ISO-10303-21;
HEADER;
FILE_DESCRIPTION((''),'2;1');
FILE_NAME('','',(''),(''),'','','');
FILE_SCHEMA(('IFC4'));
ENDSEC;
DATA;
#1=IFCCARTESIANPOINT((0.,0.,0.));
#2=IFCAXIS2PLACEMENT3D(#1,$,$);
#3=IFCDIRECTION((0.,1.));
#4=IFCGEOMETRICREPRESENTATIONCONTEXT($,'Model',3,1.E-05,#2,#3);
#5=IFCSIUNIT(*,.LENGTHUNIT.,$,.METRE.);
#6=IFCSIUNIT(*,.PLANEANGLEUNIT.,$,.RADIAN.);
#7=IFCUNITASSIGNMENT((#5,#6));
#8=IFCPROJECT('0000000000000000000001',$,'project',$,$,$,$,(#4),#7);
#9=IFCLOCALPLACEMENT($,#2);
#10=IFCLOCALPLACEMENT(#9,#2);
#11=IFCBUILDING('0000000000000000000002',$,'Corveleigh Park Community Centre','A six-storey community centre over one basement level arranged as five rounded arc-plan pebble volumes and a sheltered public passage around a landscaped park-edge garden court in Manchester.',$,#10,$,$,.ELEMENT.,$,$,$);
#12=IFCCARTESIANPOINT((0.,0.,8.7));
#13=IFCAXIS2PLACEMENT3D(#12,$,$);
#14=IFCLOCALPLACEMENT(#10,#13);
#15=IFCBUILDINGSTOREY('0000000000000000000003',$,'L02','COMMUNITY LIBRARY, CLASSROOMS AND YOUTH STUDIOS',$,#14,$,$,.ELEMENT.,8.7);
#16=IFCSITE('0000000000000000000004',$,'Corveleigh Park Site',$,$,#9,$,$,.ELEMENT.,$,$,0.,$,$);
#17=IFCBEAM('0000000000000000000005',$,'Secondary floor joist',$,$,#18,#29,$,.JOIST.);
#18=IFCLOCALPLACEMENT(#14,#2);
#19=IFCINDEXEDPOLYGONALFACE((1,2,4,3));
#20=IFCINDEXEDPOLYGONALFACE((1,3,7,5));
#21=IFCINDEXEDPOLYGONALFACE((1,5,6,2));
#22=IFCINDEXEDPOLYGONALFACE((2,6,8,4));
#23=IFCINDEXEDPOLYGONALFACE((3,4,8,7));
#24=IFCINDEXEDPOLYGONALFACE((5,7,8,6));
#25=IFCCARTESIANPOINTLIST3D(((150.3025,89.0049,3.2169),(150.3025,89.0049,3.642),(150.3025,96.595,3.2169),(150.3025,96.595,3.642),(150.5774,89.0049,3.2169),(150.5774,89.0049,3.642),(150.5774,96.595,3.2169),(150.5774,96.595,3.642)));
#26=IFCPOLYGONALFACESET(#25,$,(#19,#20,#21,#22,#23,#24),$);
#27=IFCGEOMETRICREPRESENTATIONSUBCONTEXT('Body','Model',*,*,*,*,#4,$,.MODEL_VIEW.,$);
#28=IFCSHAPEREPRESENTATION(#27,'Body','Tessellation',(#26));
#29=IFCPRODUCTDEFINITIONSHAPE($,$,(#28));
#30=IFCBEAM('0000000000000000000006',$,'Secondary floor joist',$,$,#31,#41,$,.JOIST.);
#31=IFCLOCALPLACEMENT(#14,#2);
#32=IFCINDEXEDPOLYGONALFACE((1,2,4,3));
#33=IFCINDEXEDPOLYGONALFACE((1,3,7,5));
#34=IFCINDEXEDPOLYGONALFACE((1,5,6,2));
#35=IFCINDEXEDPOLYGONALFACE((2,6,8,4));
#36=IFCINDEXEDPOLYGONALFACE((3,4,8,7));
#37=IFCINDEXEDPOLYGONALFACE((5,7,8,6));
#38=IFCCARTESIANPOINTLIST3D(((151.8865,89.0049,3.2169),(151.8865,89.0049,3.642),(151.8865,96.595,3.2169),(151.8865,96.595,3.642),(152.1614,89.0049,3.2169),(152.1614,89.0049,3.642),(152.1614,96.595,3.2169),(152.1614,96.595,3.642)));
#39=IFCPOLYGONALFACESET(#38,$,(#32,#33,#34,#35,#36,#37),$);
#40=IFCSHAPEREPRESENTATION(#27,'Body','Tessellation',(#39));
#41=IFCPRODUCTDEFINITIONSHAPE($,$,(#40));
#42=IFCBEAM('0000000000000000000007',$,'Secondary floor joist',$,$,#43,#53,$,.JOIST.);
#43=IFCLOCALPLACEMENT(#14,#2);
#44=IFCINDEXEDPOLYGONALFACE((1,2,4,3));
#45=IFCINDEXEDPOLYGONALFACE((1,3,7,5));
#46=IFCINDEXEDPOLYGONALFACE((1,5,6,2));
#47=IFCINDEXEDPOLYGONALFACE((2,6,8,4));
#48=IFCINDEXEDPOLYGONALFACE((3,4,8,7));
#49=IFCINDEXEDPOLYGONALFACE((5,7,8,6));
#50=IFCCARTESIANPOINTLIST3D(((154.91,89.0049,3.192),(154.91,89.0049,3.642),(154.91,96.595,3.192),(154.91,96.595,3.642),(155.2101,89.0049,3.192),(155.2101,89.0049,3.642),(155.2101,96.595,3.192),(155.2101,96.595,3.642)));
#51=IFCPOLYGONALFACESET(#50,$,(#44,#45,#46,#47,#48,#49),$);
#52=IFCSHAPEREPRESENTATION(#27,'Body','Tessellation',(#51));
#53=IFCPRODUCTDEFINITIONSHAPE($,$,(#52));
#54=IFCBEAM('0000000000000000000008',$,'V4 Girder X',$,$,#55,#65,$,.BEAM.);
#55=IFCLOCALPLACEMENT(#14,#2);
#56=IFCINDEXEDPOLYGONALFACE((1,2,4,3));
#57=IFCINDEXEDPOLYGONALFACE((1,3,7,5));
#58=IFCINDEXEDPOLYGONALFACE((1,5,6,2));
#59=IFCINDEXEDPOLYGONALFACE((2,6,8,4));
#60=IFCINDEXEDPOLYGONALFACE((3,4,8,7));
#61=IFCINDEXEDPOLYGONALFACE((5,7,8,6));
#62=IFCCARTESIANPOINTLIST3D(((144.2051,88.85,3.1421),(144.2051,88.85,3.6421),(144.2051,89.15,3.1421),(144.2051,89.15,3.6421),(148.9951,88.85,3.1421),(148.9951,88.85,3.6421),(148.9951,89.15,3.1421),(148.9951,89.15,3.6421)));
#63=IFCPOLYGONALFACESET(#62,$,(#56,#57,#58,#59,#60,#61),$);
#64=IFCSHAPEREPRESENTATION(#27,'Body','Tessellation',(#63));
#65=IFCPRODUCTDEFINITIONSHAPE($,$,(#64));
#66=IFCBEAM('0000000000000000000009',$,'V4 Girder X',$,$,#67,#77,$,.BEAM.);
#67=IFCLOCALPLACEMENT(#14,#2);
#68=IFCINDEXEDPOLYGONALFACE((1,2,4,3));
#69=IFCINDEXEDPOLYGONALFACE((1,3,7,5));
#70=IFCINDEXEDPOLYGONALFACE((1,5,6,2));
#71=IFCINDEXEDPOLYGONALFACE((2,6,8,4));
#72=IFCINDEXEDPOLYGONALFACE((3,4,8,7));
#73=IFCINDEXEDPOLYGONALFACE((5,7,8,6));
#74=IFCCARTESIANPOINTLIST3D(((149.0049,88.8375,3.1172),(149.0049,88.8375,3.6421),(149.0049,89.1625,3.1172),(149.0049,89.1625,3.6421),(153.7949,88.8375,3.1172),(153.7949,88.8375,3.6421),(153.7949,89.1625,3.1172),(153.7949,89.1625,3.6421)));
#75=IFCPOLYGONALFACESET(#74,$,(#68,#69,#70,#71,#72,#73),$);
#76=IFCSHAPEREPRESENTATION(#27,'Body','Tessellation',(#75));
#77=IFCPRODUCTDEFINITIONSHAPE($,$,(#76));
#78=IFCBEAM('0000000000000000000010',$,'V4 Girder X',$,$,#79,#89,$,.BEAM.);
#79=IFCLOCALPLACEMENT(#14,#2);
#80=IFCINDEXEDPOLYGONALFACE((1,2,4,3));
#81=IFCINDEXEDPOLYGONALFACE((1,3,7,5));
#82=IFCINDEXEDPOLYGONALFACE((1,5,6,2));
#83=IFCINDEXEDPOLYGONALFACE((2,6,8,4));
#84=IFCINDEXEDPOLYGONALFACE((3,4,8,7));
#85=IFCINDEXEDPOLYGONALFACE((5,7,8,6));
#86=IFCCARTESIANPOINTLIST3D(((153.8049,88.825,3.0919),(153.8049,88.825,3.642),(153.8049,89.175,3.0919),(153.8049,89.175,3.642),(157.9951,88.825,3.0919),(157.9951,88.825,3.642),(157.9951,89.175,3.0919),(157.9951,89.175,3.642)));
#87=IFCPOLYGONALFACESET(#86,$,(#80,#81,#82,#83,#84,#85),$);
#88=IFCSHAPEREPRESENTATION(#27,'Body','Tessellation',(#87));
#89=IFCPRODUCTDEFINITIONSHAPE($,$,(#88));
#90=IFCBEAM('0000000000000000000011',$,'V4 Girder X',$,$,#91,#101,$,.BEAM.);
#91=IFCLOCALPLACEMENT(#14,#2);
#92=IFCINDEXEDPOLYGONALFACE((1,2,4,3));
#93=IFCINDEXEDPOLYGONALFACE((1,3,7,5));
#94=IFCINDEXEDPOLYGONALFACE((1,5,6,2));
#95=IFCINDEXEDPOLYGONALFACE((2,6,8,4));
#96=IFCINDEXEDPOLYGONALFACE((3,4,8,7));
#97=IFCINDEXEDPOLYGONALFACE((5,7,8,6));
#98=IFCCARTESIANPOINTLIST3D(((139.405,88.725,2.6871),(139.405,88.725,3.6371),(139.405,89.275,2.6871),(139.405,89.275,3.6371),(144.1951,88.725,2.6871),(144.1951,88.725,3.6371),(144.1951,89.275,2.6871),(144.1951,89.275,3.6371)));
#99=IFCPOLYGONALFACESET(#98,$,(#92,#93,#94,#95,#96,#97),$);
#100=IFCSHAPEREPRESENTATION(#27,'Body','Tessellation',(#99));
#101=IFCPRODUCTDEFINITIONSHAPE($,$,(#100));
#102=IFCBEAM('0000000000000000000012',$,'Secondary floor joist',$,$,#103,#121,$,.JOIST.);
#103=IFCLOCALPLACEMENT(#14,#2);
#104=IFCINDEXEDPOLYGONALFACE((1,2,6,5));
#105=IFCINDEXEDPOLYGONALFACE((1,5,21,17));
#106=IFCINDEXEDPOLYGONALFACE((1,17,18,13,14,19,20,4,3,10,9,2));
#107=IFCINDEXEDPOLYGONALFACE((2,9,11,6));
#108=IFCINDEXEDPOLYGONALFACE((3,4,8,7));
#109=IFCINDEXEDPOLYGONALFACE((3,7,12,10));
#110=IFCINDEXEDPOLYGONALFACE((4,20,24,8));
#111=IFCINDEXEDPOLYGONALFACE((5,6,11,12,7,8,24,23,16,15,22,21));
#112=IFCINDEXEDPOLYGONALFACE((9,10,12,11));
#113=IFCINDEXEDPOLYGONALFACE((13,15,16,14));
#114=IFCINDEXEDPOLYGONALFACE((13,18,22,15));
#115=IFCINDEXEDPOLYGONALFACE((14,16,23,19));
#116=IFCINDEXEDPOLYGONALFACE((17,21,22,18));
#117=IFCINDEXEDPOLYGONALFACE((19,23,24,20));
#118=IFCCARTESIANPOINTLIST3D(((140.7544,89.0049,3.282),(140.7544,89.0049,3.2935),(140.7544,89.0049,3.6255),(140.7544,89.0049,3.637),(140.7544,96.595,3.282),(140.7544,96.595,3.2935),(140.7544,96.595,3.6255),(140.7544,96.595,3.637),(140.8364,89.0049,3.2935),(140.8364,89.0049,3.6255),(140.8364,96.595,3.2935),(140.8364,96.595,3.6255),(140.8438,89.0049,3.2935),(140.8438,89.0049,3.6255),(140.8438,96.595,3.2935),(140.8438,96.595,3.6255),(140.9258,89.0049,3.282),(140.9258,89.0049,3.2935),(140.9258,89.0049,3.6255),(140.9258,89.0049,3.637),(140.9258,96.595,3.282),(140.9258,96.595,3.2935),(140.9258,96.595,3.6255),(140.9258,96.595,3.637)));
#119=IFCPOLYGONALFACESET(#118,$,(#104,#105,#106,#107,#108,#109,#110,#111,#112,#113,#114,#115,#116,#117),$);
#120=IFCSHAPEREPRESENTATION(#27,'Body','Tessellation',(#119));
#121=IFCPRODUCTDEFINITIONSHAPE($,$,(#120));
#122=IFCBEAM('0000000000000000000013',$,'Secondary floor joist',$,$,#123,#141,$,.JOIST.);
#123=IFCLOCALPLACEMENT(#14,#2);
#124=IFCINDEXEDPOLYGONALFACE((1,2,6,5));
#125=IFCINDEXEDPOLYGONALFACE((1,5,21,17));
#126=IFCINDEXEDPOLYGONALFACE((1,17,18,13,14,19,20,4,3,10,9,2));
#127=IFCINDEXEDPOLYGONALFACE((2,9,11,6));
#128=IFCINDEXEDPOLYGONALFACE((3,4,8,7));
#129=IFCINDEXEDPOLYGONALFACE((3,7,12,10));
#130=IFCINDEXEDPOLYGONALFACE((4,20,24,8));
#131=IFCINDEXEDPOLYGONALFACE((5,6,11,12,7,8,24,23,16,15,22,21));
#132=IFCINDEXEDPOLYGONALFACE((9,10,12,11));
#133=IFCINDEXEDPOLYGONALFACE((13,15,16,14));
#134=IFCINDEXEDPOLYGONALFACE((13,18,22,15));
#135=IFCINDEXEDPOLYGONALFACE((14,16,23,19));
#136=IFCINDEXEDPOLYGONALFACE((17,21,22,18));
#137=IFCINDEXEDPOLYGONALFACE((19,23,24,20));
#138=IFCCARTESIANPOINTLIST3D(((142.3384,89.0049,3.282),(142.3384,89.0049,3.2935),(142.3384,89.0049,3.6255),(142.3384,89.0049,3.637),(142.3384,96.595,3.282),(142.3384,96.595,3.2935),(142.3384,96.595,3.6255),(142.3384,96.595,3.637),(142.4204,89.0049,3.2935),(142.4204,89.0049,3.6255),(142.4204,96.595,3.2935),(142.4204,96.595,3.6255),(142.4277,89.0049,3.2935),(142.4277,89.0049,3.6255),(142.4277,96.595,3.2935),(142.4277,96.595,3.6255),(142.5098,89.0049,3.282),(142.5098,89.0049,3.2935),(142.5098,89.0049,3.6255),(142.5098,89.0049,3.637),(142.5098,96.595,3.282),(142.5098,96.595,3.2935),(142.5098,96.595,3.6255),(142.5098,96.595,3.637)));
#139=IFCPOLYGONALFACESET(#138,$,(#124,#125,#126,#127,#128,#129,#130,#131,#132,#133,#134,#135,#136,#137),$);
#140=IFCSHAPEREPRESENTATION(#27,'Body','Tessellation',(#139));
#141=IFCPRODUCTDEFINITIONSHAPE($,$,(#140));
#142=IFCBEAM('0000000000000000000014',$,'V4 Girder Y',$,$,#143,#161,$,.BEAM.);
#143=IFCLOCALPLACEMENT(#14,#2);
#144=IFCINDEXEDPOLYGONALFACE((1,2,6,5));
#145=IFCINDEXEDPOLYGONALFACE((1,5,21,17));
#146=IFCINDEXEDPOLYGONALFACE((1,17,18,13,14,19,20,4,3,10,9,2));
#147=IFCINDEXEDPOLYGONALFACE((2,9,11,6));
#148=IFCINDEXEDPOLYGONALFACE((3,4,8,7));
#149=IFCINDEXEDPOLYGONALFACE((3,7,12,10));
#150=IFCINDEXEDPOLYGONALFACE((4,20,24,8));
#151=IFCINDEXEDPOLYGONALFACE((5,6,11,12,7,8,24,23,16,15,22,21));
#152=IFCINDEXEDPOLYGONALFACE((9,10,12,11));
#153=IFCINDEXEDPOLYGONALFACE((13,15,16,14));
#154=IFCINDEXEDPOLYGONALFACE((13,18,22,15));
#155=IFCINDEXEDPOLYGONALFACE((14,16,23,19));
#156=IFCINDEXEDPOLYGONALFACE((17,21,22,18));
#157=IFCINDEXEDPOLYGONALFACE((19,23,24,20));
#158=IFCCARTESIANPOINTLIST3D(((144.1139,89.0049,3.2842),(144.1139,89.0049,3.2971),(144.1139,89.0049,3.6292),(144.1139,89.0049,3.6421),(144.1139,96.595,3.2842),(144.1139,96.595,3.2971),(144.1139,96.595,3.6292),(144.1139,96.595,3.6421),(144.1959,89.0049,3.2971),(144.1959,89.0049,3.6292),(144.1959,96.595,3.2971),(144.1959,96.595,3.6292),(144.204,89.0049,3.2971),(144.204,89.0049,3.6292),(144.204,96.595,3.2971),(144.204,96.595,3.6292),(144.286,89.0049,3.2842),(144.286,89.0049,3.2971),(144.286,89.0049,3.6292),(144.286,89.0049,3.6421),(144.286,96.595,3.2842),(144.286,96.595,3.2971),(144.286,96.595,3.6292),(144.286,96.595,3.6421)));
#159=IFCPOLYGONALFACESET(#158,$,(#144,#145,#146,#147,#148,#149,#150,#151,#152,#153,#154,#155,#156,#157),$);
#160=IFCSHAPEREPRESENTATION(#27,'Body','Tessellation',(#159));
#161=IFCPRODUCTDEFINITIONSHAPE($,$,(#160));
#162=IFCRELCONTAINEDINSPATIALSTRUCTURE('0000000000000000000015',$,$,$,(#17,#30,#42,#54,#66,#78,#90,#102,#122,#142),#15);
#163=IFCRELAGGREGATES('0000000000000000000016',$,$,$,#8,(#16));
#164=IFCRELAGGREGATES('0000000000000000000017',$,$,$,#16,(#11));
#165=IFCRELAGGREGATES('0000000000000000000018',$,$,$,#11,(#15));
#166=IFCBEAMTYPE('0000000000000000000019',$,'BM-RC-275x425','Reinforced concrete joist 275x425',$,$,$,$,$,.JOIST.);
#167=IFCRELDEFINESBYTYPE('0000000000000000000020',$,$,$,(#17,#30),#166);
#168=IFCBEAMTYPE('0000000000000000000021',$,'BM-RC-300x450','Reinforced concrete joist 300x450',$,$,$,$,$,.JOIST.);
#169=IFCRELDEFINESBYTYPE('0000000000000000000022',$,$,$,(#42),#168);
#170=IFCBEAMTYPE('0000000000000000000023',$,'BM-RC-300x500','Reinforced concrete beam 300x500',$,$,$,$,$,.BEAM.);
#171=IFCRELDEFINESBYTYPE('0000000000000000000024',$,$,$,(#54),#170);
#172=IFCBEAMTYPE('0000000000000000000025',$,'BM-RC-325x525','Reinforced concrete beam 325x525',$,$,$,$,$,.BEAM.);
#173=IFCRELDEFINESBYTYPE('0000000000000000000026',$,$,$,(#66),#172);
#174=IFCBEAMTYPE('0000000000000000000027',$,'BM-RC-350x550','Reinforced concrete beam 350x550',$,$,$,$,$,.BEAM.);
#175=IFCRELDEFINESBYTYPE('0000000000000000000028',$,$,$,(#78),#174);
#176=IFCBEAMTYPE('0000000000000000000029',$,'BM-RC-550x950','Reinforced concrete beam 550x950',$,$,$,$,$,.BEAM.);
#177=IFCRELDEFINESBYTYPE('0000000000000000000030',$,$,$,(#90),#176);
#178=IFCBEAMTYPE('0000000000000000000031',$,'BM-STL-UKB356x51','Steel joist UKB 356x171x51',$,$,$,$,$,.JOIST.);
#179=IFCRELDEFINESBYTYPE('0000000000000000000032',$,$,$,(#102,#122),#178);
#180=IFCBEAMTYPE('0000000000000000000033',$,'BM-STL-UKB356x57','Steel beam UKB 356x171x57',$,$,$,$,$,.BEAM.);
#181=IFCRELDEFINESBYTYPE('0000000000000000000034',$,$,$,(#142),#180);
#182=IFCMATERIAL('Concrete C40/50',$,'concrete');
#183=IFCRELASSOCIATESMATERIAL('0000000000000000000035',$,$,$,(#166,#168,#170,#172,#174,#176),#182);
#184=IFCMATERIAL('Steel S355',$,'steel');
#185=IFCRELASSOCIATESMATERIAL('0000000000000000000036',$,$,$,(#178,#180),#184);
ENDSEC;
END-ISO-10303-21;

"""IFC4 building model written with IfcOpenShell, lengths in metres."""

from ifc_helpers import new_model, si_unit, direction, frame, origin, origin_2d, place, context, subcontext, project, spatial, rectangle, i_section, extrude, material, material_profile, profile_set, type_object, element, save


model = new_model("IFC4")

# Units and contexts
model_context = context("Model", 3, precision=1e-05, world=origin(), true_north=direction((0.0, 1.0)))
body_context = subcontext(model_context, "Body", "Model", "MODEL_VIEW")
ifc_project = project(units=[si_unit("LENGTHUNIT", "METRE"), si_unit("PLANEANGLEUNIT", "RADIAN")], contexts=[model_context])

# Site, building, storey
site_placement = place(None, origin())
site = spatial("IfcSite", under=ifc_project, at=site_placement, Name="Corveleigh Park Site", CompositionType="ELEMENT", RefElevation=0.0)
building_placement = place(site_placement, origin())
building = spatial("IfcBuilding", under=site, at=building_placement, Name="Corveleigh Park Community Centre", Description="A six-storey community centre over one basement level arranged as five rounded arc-plan pebble volumes and a sheltered public passage around a landscaped park-edge garden court in Manchester.", CompositionType="ELEMENT")
storey_placement = place(building_placement, frame((0.0, 0.0, 8.7)))
storey = spatial("IfcBuildingStorey", under=building, at=storey_placement, Name="L02", Description="COMMUNITY LIBRARY, CLASSROOMS AND YOUTH STUDIOS", CompositionType="ELEMENT", Elevation=8.7)

# Shared definitions
ifc_material_1 = material(Name="Concrete C40/50", Category="concrete")
ifc_material_2 = material(Name="Steel S355", Category="steel")

# Beams
ifc_material_profile_1 = material_profile(ifc_material_1, rectangle(XDim=0.2749, YDim=0.425, at=origin_2d()), Name="RC-275x425", Category="concrete")
ifc_profile_set_1 = profile_set([ifc_material_profile_1], Name="Concrete C40/50")
beam_type_1 = type_object("IfcBeamType", Name="BM-RC-275x425", Description="Reinforced concrete joist 275x425", PredefinedType="JOIST", material=ifc_profile_set_1)
for number, where, z_axis, x_axis, name in (
    (1, (150.4399, 89.0049, 3.4294), (0.0, 1.0, 0.0), (-1.0, 0.0, 0.0), "Secondary floor joist"),
    (2, (152.0239, 89.0049, 3.4294), (0.0, 1.0, 0.0), (-1.0, 0.0, 0.0), "Secondary floor joist"),
):
    element("IfcBeam", number, at=place(storey_placement, frame(where, z_axis=z_axis, x_axis=x_axis)), inside=storey, type_object=beam_type_1, Name=name, PredefinedType="JOIST", context=body_context, shape_type="SweptSolid", body=[
        extrude(rectangle(XDim=0.2749, YDim=0.425, at=origin_2d()), origin(), (0.0, 0.0, 1.0), 7.5901),
    ])
ifc_material_profile_2 = material_profile(ifc_material_1, rectangle(XDim=0.3, YDim=0.45, at=origin_2d()), Name="RC-300x450", Category="concrete")
ifc_profile_set_2 = profile_set([ifc_material_profile_2], Name="Concrete C40/50")
beam_type_2 = type_object("IfcBeamType", Name="BM-RC-300x450", Description="Reinforced concrete joist 300x450", PredefinedType="JOIST", material=ifc_profile_set_2)
beam_1_placement = place(storey_placement, frame((155.0601, 89.0049, 3.417), z_axis=(0.0, 1.0, 0.0), x_axis=(-1.0, 0.0, 0.0)))
element("IfcBeam", 3, at=beam_1_placement, inside=storey, type_object=beam_type_2, Name="Secondary floor joist", PredefinedType="JOIST", context=body_context, shape_type="SweptSolid", body=[
    extrude(rectangle(XDim=0.3, YDim=0.45, at=origin_2d()), origin(), (0.0, 0.0, 1.0), 7.5901),
])
ifc_material_profile_3 = material_profile(ifc_material_1, rectangle(XDim=0.3, YDim=0.5, at=origin_2d()), Name="RC-300x500", Category="concrete")
ifc_profile_set_3 = profile_set([ifc_material_profile_3], Name="Concrete C40/50")
beam_type_3 = type_object("IfcBeamType", Name="BM-RC-300x500", Description="Reinforced concrete beam 300x500", PredefinedType="BEAM", material=ifc_profile_set_3)
beam_2_placement = place(storey_placement, frame((144.2051, 89.0, 3.3921), z_axis=(1.0, 0.0, 0.0), x_axis=(0.0, 1.0, 0.0)))
element("IfcBeam", 4, at=beam_2_placement, inside=storey, type_object=beam_type_3, Name="V4 Girder X", PredefinedType="BEAM", context=body_context, shape_type="SweptSolid", body=[
    extrude(rectangle(XDim=0.3, YDim=0.5, at=origin_2d()), origin(), (0.0, 0.0, 1.0), 4.79),
])
ifc_material_profile_4 = material_profile(ifc_material_1, rectangle(XDim=0.325, YDim=0.5249, at=origin_2d()), Name="RC-325x525", Category="concrete")
ifc_profile_set_4 = profile_set([ifc_material_profile_4], Name="Concrete C40/50")
beam_type_4 = type_object("IfcBeamType", Name="BM-RC-325x525", Description="Reinforced concrete beam 325x525", PredefinedType="BEAM", material=ifc_profile_set_4)
beam_3_placement = place(storey_placement, frame((149.0049, 89.0, 3.3796), z_axis=(1.0, 0.0, 0.0), x_axis=(0.0, 1.0, 0.0)))
element("IfcBeam", 5, at=beam_3_placement, inside=storey, type_object=beam_type_4, Name="V4 Girder X", PredefinedType="BEAM", context=body_context, shape_type="SweptSolid", body=[
    extrude(rectangle(XDim=0.325, YDim=0.5249, at=origin_2d()), origin(), (0.0, 0.0, 1.0), 4.79),
])
ifc_material_profile_5 = material_profile(ifc_material_1, rectangle(XDim=0.3501, YDim=0.55, at=origin_2d()), Name="RC-350x550", Category="concrete")
ifc_profile_set_5 = profile_set([ifc_material_profile_5], Name="Concrete C40/50")
beam_type_5 = type_object("IfcBeamType", Name="BM-RC-350x550", Description="Reinforced concrete beam 350x550", PredefinedType="BEAM", material=ifc_profile_set_5)
beam_4_placement = place(storey_placement, frame((153.8049, 89.0, 3.3669), z_axis=(1.0, 0.0, 0.0), x_axis=(0.0, 1.0, 0.0)))
element("IfcBeam", 6, at=beam_4_placement, inside=storey, type_object=beam_type_5, Name="V4 Girder X", PredefinedType="BEAM", context=body_context, shape_type="SweptSolid", body=[
    extrude(rectangle(XDim=0.3501, YDim=0.55, at=origin_2d()), origin(), (0.0, 0.0, 1.0), 4.1902),
])
ifc_material_profile_6 = material_profile(ifc_material_1, rectangle(XDim=0.55, YDim=0.95, at=origin_2d()), Name="RC-550x950", Category="concrete")
ifc_profile_set_6 = profile_set([ifc_material_profile_6], Name="Concrete C40/50")
beam_type_6 = type_object("IfcBeamType", Name="BM-RC-550x950", Description="Reinforced concrete beam 550x950", PredefinedType="BEAM", material=ifc_profile_set_6)
beam_5_placement = place(storey_placement, frame((139.405, 89.0, 3.1621), z_axis=(1.0, 0.0, 0.0), x_axis=(0.0, 1.0, 0.0)))
element("IfcBeam", 7, at=beam_5_placement, inside=storey, type_object=beam_type_6, Name="V4 Girder X", PredefinedType="BEAM", context=body_context, shape_type="SweptSolid", body=[
    extrude(rectangle(XDim=0.55, YDim=0.95, at=origin_2d()), origin(), (0.0, 0.0, 1.0), 4.79),
])
ifc_material_profile_7 = material_profile(ifc_material_2, i_section(OverallWidth=0.1714, OverallDepth=0.355, WebThickness=0.0073, FlangeThickness=0.0115, at=origin_2d()), Name="UKB 356x171x51", Category="steel")
ifc_profile_set_7 = profile_set([ifc_material_profile_7], Name="Steel S355")
beam_type_7 = type_object("IfcBeamType", Name="BM-STL-UKB356x51", Description="Steel joist UKB 356x171x51", PredefinedType="JOIST", material=ifc_profile_set_7)
for number, where, z_axis, x_axis, name in (
    (8, (140.8401, 89.0049, 3.4595), (0.0, 1.0, 0.0), (-1.0, 0.0, 0.0), "Secondary floor joist"),
    (9, (142.4241, 89.0049, 3.4595), (0.0, 1.0, 0.0), (-1.0, 0.0, 0.0), "Secondary floor joist"),
):
    element("IfcBeam", number, at=place(storey_placement, frame(where, z_axis=z_axis, x_axis=x_axis)), inside=storey, type_object=beam_type_7, Name=name, PredefinedType="JOIST", context=body_context, shape_type="SweptSolid", body=[
        extrude(i_section(OverallWidth=0.1714, OverallDepth=0.355, WebThickness=0.0073, FlangeThickness=0.0115, at=origin_2d()), origin(), (0.0, 0.0, 1.0), 7.5901),
    ])
ifc_material_profile_8 = material_profile(ifc_material_2, i_section(OverallWidth=0.1721, OverallDepth=0.3579, WebThickness=0.0081, FlangeThickness=0.0129, at=origin_2d()), Name="UKB 356x171x57", Category="steel")
ifc_profile_set_8 = profile_set([ifc_material_profile_8], Name="Steel S355")
beam_type_8 = type_object("IfcBeamType", Name="BM-STL-UKB356x57", Description="Steel beam UKB 356x171x57", PredefinedType="BEAM", material=ifc_profile_set_8)
beam_6_placement = place(storey_placement, frame((144.2, 89.0049, 3.4631), z_axis=(0.0, 1.0, 0.0), x_axis=(-1.0, 0.0, 0.0)))
element("IfcBeam", 10, at=beam_6_placement, inside=storey, type_object=beam_type_8, Name="V4 Girder Y", PredefinedType="BEAM", context=body_context, shape_type="SweptSolid", body=[
    extrude(i_section(OverallWidth=0.1721, OverallDepth=0.3579, WebThickness=0.0081, FlangeThickness=0.0129, at=origin_2d()), origin(), (0.0, 0.0, 1.0), 7.5901),
])

save(model, "model.ifc")
